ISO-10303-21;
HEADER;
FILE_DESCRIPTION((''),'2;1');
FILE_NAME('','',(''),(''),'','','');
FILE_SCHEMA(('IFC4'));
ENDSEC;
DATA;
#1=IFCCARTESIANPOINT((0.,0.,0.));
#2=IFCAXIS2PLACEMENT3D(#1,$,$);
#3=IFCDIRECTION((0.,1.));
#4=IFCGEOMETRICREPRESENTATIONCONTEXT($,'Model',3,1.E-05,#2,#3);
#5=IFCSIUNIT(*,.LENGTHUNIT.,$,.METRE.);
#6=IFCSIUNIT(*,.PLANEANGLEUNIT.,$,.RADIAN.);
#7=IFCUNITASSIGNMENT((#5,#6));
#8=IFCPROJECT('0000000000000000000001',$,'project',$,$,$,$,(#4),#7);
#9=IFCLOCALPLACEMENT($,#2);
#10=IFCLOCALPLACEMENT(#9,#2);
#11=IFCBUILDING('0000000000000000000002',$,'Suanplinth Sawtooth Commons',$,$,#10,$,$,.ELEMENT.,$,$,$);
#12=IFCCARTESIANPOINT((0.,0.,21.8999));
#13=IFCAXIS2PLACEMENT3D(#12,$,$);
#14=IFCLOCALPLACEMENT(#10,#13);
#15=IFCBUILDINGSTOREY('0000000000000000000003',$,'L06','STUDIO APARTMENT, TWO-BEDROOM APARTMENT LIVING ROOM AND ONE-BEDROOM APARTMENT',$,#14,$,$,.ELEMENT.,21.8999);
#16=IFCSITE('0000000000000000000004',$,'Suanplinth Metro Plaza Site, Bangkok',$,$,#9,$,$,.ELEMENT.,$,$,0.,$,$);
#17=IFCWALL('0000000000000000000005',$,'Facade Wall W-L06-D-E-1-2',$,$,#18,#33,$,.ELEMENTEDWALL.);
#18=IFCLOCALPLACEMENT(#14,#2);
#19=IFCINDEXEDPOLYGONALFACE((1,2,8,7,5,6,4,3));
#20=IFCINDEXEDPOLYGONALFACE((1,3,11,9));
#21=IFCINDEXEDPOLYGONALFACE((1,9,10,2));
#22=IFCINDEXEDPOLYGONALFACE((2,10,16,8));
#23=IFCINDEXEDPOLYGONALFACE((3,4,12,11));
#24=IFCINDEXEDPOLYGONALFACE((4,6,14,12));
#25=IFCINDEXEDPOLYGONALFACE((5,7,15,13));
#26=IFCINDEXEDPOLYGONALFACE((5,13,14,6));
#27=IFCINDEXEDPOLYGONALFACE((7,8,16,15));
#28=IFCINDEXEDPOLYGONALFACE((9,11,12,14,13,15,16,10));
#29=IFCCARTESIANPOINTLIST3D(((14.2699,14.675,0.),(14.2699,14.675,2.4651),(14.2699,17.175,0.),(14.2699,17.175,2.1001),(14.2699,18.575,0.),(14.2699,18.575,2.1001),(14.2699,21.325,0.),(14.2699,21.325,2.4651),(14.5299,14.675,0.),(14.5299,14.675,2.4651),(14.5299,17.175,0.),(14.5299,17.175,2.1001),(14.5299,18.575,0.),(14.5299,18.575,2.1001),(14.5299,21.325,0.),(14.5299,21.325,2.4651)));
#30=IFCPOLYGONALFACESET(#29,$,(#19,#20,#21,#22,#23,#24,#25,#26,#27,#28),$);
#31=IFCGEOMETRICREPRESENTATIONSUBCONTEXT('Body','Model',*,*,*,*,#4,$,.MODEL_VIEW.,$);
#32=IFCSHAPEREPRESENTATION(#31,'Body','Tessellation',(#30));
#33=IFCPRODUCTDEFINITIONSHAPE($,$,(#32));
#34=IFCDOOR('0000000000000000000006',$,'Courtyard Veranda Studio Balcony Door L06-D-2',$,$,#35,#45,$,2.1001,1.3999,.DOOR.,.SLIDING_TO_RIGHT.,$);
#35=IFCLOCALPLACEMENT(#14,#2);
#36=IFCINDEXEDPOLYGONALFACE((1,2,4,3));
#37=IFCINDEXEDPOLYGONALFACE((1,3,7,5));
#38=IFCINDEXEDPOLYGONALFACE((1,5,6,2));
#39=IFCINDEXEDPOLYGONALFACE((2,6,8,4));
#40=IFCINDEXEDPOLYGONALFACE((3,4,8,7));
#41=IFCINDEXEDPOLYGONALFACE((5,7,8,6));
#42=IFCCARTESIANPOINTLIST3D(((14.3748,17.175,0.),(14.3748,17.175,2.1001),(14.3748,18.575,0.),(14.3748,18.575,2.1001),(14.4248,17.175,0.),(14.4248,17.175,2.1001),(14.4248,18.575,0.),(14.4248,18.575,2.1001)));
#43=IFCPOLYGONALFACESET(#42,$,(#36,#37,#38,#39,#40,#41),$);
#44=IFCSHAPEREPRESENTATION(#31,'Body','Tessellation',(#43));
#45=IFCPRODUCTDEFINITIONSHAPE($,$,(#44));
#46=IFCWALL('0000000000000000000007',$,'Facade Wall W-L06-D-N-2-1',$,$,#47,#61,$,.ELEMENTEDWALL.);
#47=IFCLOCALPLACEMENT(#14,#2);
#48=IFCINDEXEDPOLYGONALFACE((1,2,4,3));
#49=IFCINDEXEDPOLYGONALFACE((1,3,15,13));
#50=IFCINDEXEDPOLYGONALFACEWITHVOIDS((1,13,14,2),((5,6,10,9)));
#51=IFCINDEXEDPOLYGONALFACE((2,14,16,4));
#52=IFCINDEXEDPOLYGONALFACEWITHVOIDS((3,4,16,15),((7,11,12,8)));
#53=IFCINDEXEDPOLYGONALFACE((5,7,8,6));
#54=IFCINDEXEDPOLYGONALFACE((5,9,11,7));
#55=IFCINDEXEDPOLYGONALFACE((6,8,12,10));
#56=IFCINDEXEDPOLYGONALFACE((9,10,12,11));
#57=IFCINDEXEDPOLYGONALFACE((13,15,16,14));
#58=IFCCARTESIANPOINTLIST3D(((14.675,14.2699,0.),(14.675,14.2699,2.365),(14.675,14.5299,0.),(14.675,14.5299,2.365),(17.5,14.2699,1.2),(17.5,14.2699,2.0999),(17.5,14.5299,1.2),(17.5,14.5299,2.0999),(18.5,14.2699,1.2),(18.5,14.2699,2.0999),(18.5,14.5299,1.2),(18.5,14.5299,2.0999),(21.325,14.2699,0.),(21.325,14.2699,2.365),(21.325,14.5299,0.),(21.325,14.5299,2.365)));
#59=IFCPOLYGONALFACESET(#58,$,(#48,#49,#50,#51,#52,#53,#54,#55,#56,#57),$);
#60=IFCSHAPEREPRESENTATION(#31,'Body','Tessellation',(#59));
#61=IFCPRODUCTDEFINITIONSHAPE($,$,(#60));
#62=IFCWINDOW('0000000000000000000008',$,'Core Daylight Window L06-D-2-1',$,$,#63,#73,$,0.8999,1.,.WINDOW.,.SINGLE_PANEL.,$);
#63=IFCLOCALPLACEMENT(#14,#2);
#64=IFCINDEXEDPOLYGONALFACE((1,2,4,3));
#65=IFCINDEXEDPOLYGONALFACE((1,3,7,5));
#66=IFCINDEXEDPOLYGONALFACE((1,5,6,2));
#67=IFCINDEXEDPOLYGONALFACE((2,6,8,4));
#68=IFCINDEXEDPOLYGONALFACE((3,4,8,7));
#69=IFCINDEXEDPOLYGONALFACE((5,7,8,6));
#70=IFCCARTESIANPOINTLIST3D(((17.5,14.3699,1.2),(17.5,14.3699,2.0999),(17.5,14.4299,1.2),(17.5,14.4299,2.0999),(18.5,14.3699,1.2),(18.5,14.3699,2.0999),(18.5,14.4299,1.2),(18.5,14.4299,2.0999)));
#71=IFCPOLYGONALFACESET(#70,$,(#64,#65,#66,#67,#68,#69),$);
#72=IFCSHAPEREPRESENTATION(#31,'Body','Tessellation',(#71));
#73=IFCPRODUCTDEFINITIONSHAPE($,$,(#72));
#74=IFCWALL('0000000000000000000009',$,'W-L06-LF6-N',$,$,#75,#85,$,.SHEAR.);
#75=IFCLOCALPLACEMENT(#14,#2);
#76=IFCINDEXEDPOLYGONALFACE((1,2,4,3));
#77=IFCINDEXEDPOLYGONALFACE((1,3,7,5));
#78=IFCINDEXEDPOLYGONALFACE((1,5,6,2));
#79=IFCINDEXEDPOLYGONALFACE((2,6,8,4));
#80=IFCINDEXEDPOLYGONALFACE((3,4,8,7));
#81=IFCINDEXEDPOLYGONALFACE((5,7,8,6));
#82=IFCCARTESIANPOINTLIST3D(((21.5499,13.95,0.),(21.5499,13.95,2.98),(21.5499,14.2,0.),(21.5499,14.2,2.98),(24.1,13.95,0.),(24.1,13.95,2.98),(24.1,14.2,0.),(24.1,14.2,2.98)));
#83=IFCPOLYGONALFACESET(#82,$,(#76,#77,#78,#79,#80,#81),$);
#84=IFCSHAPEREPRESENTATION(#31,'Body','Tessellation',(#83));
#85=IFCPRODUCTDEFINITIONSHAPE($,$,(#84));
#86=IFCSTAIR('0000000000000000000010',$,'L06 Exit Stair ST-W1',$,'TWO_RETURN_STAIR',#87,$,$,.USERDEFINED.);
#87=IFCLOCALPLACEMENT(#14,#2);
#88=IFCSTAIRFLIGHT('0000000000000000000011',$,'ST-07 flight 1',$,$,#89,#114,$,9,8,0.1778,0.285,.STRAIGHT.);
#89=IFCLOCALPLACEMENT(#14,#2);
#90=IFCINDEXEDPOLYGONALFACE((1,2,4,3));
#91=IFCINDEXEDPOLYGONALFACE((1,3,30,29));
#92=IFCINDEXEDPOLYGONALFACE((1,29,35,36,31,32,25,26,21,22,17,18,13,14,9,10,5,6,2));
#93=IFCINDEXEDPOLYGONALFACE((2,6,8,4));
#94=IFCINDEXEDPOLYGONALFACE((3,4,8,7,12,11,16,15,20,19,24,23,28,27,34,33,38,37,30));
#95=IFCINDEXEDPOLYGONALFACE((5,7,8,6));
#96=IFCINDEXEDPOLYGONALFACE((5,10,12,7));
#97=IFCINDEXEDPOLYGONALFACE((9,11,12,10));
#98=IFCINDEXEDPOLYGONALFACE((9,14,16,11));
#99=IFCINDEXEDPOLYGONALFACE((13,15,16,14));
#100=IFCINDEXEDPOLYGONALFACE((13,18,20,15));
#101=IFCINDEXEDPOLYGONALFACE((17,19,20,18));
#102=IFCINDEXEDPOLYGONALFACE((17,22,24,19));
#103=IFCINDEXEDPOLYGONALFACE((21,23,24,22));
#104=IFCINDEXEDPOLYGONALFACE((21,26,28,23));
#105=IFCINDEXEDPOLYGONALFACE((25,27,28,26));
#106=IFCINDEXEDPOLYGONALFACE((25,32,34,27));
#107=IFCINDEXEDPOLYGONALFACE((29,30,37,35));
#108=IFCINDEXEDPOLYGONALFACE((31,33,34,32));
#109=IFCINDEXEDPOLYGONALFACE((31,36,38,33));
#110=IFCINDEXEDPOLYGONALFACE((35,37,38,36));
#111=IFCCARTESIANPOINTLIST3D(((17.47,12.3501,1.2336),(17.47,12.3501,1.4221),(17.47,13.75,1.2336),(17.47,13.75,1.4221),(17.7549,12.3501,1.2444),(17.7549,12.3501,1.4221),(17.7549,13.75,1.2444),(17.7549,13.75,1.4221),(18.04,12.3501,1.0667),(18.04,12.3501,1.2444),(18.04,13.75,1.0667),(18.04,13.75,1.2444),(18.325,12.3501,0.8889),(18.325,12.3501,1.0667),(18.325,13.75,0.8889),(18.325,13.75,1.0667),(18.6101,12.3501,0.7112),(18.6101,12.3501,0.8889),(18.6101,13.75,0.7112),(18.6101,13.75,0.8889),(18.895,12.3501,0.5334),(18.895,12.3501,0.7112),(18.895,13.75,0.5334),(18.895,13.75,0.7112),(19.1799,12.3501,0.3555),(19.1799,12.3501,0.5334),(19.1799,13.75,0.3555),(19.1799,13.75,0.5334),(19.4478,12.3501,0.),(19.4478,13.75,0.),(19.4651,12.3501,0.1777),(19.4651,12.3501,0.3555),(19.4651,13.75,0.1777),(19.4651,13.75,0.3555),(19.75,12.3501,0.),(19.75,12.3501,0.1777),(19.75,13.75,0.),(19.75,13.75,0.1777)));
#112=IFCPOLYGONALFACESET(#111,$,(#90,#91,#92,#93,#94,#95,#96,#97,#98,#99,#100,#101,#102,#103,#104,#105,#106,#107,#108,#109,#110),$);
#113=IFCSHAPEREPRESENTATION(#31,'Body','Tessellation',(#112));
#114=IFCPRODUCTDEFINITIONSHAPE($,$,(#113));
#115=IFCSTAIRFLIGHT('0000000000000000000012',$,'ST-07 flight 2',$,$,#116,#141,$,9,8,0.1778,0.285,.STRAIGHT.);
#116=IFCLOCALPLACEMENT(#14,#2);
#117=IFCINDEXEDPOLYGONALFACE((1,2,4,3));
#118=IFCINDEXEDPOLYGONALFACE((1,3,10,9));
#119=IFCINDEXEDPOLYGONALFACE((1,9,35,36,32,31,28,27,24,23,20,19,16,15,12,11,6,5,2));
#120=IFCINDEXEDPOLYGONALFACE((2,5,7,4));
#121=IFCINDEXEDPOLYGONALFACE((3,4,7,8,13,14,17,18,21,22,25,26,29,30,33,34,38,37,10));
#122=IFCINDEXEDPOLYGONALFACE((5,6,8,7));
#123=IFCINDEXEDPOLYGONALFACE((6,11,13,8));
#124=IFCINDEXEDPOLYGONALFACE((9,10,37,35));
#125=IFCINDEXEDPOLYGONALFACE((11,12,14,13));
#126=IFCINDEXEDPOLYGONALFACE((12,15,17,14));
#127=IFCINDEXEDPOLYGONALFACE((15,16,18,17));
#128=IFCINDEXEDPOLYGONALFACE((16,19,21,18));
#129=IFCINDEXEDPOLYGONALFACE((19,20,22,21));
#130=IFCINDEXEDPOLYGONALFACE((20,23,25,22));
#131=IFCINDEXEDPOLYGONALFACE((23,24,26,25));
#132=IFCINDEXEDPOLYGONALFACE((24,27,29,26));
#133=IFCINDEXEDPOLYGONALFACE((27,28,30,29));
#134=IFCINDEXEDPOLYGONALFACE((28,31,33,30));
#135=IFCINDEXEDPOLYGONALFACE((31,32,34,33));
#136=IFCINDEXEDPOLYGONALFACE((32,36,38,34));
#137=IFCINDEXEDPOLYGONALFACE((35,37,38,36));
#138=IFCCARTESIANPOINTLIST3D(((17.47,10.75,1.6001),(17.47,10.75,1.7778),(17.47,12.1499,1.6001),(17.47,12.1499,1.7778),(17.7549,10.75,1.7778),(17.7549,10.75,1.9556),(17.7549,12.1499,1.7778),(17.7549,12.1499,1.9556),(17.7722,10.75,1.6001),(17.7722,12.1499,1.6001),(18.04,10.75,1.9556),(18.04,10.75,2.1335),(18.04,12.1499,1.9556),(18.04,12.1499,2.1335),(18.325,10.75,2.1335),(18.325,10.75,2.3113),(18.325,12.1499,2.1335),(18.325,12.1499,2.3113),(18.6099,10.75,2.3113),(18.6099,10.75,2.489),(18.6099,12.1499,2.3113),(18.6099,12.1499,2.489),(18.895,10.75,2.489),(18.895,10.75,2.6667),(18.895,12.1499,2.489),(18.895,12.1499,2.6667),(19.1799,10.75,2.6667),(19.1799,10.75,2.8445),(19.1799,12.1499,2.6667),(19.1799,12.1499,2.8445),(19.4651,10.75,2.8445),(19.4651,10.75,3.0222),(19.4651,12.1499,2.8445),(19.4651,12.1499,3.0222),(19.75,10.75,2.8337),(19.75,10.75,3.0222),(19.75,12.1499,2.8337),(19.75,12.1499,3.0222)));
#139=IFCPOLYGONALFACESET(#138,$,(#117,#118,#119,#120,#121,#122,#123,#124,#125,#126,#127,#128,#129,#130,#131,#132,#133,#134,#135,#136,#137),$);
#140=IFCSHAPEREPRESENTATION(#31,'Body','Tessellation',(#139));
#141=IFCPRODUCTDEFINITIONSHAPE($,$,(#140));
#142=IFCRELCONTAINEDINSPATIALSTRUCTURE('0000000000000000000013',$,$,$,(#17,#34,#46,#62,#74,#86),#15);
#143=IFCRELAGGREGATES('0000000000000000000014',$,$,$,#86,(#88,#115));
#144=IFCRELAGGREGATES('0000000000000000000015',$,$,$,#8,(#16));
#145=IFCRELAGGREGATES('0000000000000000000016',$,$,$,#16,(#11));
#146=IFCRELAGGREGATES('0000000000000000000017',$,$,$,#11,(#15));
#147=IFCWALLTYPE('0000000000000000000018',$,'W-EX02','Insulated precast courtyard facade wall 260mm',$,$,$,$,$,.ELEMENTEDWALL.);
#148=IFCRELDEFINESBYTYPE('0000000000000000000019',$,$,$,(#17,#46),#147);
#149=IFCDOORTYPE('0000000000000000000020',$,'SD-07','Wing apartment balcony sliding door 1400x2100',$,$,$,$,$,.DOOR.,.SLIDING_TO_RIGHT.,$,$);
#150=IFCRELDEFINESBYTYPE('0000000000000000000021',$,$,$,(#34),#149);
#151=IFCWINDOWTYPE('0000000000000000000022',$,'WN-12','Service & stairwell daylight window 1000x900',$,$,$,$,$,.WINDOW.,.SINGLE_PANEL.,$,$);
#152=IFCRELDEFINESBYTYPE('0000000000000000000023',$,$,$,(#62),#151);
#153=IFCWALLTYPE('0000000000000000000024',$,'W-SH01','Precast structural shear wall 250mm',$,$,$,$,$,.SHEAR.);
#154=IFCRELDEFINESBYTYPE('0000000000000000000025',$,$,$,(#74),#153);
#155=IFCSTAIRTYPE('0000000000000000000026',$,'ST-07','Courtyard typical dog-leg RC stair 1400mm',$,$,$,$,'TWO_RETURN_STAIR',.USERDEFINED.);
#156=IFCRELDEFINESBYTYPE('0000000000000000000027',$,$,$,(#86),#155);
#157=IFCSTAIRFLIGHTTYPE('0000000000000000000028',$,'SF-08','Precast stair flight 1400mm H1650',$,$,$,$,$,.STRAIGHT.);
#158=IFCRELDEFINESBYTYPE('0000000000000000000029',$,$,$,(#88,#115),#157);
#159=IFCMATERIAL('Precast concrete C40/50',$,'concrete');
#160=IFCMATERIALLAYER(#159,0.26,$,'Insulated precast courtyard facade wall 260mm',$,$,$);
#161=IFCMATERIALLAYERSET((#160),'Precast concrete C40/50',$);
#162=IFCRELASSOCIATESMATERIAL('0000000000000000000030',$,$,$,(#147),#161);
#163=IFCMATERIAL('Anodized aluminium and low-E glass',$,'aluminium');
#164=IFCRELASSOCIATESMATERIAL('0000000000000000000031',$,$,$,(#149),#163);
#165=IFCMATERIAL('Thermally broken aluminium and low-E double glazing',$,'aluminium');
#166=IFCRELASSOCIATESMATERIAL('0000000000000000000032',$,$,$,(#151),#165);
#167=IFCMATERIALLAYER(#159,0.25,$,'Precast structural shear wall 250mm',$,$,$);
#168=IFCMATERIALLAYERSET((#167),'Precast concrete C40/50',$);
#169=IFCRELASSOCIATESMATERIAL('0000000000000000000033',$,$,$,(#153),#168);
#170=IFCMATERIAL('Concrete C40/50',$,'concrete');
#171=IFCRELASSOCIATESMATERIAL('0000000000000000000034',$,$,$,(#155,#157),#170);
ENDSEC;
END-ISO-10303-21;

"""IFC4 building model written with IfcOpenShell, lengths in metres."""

from ifc_helpers import new_model, si_unit, direction, frame, frame_2d, origin, place, context, subcontext, project, spatial, polyline, rectangle, outline, extrude, material, layer, layer_set, type_object, element, fill, aggregate, save


model = new_model("IFC4")

# Units and contexts
model_context = context("Model", 3, precision=1e-05, world=origin(), true_north=direction((0.0, 1.0)))
body_context = subcontext(model_context, "Body", "Model", "MODEL_VIEW")
ifc_project = project(units=[si_unit("LENGTHUNIT", "METRE"), si_unit("PLANEANGLEUNIT", "RADIAN")], contexts=[model_context])

# Site, building, storey
site_placement = place(None, origin())
site = spatial("IfcSite", under=ifc_project, at=site_placement, Name="Suanplinth Metro Plaza Site, Bangkok", CompositionType="ELEMENT", RefElevation=0.0)
building_placement = place(site_placement, origin())
building = spatial("IfcBuilding", under=site, at=building_placement, Name="Suanplinth Sawtooth Commons", CompositionType="ELEMENT")
storey_placement = place(building_placement, frame((0.0, 0.0, 21.8999)))
storey = spatial("IfcBuildingStorey", under=building, at=storey_placement, Name="L06", Description="STUDIO APARTMENT, TWO-BEDROOM APARTMENT LIVING ROOM AND ONE-BEDROOM APARTMENT", CompositionType="ELEMENT", Elevation=21.8999)

# Shared definitions
ifc_material_1 = material(Name="Precast concrete C40/50", Category="concrete")

# Shared definitions
ifc_material_2 = material(Name="Concrete C40/50", Category="concrete")

# Wall, opening, door
ifc_layer_1 = layer(ifc_material_1, 0.26, Name="Insulated precast courtyard facade wall 260mm")
ifc_layer_set_1 = layer_set([ifc_layer_1], Name="Precast concrete C40/50")
wall_type_1 = type_object("IfcWallType", Name="W-EX02", Description="Insulated precast courtyard facade wall 260mm", PredefinedType="ELEMENTEDWALL", material=ifc_layer_set_1)
wall_1_placement = place(storey_placement, frame((14.3999, 14.675, 0.0), z_axis=(0.0, 0.0, 1.0), x_axis=(0.0, 1.0, 0.0)))
wall_1 = element("IfcWall", 1, at=wall_1_placement, inside=storey, type_object=wall_type_1, Name="Facade Wall W-L06-D-E-1-2", PredefinedType="ELEMENTEDWALL", context=body_context, shape_type="SweptSolid", body=[
    extrude(rectangle(XDim=6.6499, YDim=0.26, at=frame_2d((3.325, 0.0))), origin(), (0.0, 0.0, 1.0), 2.4651),
])
opening_1_placement = place(wall_1_placement, frame((2.5, 0.0, 0.0)))
opening_1 = element("IfcOpeningElement", 2, at=opening_1_placement, cuts=wall_1, PredefinedType="OPENING", context=body_context, shape_type="SweptSolid", body=[
    extrude(rectangle(XDim=1.3999, YDim=2.1001, at=frame_2d((0.7, 1.05))), frame((0.0, 0.145, 0.0), z_axis=(0.0, -1.0, 0.0), x_axis=(1.0, 0.0, 0.0)), (0.0, 0.0, 1.0), 0.2898),
])
ifc_material_3 = material(Name="Anodized aluminium and low-E glass", Category="aluminium")
door_type_1 = type_object("IfcDoorType", Name="SD-07", Description="Wing apartment balcony sliding door 1400x2100", OperationType="SLIDING_TO_RIGHT", PredefinedType="DOOR", material=ifc_material_3)
door_1_placement = place(opening_1_placement, frame((1.3999, 0.0, 0.0), z_axis=(0.0, 0.0, 1.0), x_axis=(-1.0, 0.0, 0.0)))
door_1 = element("IfcDoor", 3, at=door_1_placement, inside=storey, type_object=door_type_1, Name="Courtyard Veranda Studio Balcony Door L06-D-2", OperationType="SLIDING_TO_RIGHT", OverallHeight=2.1001, OverallWidth=1.3999, PredefinedType="DOOR", context=body_context, shape_type="SweptSolid", body=[
    extrude(rectangle(XDim=1.3999, YDim=2.1001, at=frame_2d((0.7, 1.05))), frame((0.0, 0.0249, 0.0), z_axis=(0.0, -1.0, 0.0), x_axis=(1.0, 0.0, 0.0)), (0.0, 0.0, 1.0), 0.05),
])
fill(opening_1, door_1)

# Wall, opening, window
wall_2_placement = place(storey_placement, frame((14.675, 14.3999, 0.0), z_axis=(0.0, 0.0, 1.0), x_axis=(1.0, 0.0, 0.0)))
wall_2 = element("IfcWall", 4, at=wall_2_placement, inside=storey, type_object=wall_type_1, Name="Facade Wall W-L06-D-N-2-1", PredefinedType="ELEMENTEDWALL", context=body_context, shape_type="SweptSolid", body=[
    extrude(rectangle(XDim=6.6499, YDim=0.26, at=frame_2d((3.325, 0.0))), origin(), (0.0, 0.0, 1.0), 2.365),
])
opening_2_placement = place(wall_2_placement, frame((2.825, 0.0, 1.2)))
opening_2 = element("IfcOpeningElement", 5, at=opening_2_placement, cuts=wall_2, PredefinedType="OPENING", context=body_context, shape_type="SweptSolid", body=[
    extrude(rectangle(XDim=1.0, YDim=0.8999, at=frame_2d((0.5, 0.45))), frame((0.0, 0.145, 0.0), z_axis=(0.0, -1.0, 0.0), x_axis=(1.0, 0.0, 0.0)), (0.0, 0.0, 1.0), 0.2898),
])
ifc_material_4 = material(Name="Thermally broken aluminium and low-E double glazing", Category="aluminium")
window_type = type_object("IfcWindowType", Name="WN-12", Description="Service & stairwell daylight window 1000x900", PartitioningType="SINGLE_PANEL", PredefinedType="WINDOW", material=ifc_material_4)
window_placement = place(opening_2_placement, origin())
window = element("IfcWindow", 6, at=window_placement, inside=storey, type_object=window_type, Name="Core Daylight Window L06-D-2-1", OverallHeight=0.8999, OverallWidth=1.0, PartitioningType="SINGLE_PANEL", PredefinedType="WINDOW", context=body_context, shape_type="SweptSolid", body=[
    extrude(rectangle(XDim=1.0, YDim=0.8999, at=frame_2d((0.5, 0.45))), frame((0.0, 0.03, 0.0), z_axis=(0.0, -1.0, 0.0), x_axis=(1.0, 0.0, 0.0)), (0.0, 0.0, 1.0), 0.0601),
])
fill(opening_2, window)

# Shared definitions
ifc_layer_2 = layer(ifc_material_1, 0.25, Name="Precast structural shear wall 250mm")
ifc_layer_set_2 = layer_set([ifc_layer_2], Name="Precast concrete C40/50")
wall_type_2 = type_object("IfcWallType", Name="W-SH01", Description="Precast structural shear wall 250mm", PredefinedType="SHEAR", material=ifc_layer_set_2)

# Wall
wall_3_placement = place(storey_placement, frame((21.55, 14.075, 0.0), z_axis=(0.0, 0.0, 1.0), x_axis=(1.0, 0.0, 0.0)))
element("IfcWall", 7, at=wall_3_placement, inside=storey, type_object=wall_type_2, Name="W-L06-LF6-N", PredefinedType="SHEAR", context=body_context, shape_type="SweptSolid", body=[
    extrude(rectangle(XDim=2.55, YDim=0.25, at=frame_2d((1.2749, 0.0))), origin(), (0.0, 0.0, 1.0), 2.98),
])

# Stair, stair flights
stair_type = type_object("IfcStairType", Name="ST-07", Description="Courtyard typical dog-leg RC stair 1400mm", ElementType="TWO_RETURN_STAIR", PredefinedType="USERDEFINED", material=ifc_material_2)
stair_placement = place(storey_placement, origin())
stair = element("IfcStair", 8, at=stair_placement, inside=storey, type_object=stair_type, Name="L06 Exit Stair ST-W1", ObjectType="TWO_RETURN_STAIR", PredefinedType="USERDEFINED")
stair_flight_type = type_object("IfcStairFlightType", Name="SF-08", Description="Precast stair flight 1400mm H1650", PredefinedType="STRAIGHT", material=ifc_material_2)
stair_flight_1_placement = place(storey_placement, frame((19.75, 13.05, 0.0), z_axis=(0.0, 0.0, 1.0), x_axis=(-1.0, 0.0, 0.0)))
stair_flight_1 = element("IfcStairFlight", 9, at=stair_flight_1_placement, type_object=stair_flight_type, Name="ST-07 flight 1", NumberOfRisers=9, NumberOfTreads=8, PredefinedType="STRAIGHT", RiserHeight=0.1778, TreadLength=0.285, context=body_context, shape_type="SweptSolid", body=[
    extrude(outline(polyline([(0.0, 0.0), (0.0, 0.1777), (0.2849, 0.1777), (0.2849, 0.3555), (0.5701, 0.3555), (0.5701, 0.5334), (0.855, 0.5334), (0.855, 0.7112), (1.1399, 0.7112), (1.1399, 0.8889), (1.425, 0.8889), (1.425, 1.0667), (1.71, 1.0667), (1.71, 1.2444), (1.9951, 1.2444), (1.9951, 1.4221), (2.28, 1.4221), (2.28, 1.6001), (2.28, 1.2336), (0.3022, 0.0), (0.0, 0.0)])), frame((0.0, 0.7, 0.0), z_axis=(0.0, -1.0, 0.0), x_axis=(1.0, 0.0, 0.0)), (0.0, 0.0, 1.0), 1.3999),
])
stair_flight_2_placement = place(storey_placement, frame((17.47, 11.45, 1.6001), z_axis=(0.0, 0.0, 1.0), x_axis=(1.0, 0.0, 0.0)))
stair_flight_2 = element("IfcStairFlight", 10, at=stair_flight_2_placement, type_object=stair_flight_type, Name="ST-07 flight 2", NumberOfRisers=9, NumberOfTreads=8, PredefinedType="STRAIGHT", RiserHeight=0.1778, TreadLength=0.285, context=body_context, shape_type="SweptSolid", body=[
    extrude(outline(polyline([(0.0, 0.0), (0.0, 0.1777), (0.2849, 0.1777), (0.2849, 0.3555), (0.5701, 0.3555), (0.5701, 0.5334), (0.855, 0.5334), (0.855, 0.7112), (1.1399, 0.7112), (1.1399, 0.8889), (1.425, 0.8889), (1.425, 1.0667), (1.71, 1.0667), (1.71, 1.2444), (1.9951, 1.2444), (1.9951, 1.4221), (2.28, 1.4221), (2.28, 1.6001), (2.28, 1.2336), (0.3022, 0.0), (0.0, 0.0)])), frame((0.0, 0.7, 0.0), z_axis=(0.0, -1.0, 0.0), x_axis=(1.0, 0.0, 0.0)), (0.0, 0.0, 1.0), 1.3999),
])
aggregate(stair, [stair_flight_1, stair_flight_2])

save(model, "model.ifc")
